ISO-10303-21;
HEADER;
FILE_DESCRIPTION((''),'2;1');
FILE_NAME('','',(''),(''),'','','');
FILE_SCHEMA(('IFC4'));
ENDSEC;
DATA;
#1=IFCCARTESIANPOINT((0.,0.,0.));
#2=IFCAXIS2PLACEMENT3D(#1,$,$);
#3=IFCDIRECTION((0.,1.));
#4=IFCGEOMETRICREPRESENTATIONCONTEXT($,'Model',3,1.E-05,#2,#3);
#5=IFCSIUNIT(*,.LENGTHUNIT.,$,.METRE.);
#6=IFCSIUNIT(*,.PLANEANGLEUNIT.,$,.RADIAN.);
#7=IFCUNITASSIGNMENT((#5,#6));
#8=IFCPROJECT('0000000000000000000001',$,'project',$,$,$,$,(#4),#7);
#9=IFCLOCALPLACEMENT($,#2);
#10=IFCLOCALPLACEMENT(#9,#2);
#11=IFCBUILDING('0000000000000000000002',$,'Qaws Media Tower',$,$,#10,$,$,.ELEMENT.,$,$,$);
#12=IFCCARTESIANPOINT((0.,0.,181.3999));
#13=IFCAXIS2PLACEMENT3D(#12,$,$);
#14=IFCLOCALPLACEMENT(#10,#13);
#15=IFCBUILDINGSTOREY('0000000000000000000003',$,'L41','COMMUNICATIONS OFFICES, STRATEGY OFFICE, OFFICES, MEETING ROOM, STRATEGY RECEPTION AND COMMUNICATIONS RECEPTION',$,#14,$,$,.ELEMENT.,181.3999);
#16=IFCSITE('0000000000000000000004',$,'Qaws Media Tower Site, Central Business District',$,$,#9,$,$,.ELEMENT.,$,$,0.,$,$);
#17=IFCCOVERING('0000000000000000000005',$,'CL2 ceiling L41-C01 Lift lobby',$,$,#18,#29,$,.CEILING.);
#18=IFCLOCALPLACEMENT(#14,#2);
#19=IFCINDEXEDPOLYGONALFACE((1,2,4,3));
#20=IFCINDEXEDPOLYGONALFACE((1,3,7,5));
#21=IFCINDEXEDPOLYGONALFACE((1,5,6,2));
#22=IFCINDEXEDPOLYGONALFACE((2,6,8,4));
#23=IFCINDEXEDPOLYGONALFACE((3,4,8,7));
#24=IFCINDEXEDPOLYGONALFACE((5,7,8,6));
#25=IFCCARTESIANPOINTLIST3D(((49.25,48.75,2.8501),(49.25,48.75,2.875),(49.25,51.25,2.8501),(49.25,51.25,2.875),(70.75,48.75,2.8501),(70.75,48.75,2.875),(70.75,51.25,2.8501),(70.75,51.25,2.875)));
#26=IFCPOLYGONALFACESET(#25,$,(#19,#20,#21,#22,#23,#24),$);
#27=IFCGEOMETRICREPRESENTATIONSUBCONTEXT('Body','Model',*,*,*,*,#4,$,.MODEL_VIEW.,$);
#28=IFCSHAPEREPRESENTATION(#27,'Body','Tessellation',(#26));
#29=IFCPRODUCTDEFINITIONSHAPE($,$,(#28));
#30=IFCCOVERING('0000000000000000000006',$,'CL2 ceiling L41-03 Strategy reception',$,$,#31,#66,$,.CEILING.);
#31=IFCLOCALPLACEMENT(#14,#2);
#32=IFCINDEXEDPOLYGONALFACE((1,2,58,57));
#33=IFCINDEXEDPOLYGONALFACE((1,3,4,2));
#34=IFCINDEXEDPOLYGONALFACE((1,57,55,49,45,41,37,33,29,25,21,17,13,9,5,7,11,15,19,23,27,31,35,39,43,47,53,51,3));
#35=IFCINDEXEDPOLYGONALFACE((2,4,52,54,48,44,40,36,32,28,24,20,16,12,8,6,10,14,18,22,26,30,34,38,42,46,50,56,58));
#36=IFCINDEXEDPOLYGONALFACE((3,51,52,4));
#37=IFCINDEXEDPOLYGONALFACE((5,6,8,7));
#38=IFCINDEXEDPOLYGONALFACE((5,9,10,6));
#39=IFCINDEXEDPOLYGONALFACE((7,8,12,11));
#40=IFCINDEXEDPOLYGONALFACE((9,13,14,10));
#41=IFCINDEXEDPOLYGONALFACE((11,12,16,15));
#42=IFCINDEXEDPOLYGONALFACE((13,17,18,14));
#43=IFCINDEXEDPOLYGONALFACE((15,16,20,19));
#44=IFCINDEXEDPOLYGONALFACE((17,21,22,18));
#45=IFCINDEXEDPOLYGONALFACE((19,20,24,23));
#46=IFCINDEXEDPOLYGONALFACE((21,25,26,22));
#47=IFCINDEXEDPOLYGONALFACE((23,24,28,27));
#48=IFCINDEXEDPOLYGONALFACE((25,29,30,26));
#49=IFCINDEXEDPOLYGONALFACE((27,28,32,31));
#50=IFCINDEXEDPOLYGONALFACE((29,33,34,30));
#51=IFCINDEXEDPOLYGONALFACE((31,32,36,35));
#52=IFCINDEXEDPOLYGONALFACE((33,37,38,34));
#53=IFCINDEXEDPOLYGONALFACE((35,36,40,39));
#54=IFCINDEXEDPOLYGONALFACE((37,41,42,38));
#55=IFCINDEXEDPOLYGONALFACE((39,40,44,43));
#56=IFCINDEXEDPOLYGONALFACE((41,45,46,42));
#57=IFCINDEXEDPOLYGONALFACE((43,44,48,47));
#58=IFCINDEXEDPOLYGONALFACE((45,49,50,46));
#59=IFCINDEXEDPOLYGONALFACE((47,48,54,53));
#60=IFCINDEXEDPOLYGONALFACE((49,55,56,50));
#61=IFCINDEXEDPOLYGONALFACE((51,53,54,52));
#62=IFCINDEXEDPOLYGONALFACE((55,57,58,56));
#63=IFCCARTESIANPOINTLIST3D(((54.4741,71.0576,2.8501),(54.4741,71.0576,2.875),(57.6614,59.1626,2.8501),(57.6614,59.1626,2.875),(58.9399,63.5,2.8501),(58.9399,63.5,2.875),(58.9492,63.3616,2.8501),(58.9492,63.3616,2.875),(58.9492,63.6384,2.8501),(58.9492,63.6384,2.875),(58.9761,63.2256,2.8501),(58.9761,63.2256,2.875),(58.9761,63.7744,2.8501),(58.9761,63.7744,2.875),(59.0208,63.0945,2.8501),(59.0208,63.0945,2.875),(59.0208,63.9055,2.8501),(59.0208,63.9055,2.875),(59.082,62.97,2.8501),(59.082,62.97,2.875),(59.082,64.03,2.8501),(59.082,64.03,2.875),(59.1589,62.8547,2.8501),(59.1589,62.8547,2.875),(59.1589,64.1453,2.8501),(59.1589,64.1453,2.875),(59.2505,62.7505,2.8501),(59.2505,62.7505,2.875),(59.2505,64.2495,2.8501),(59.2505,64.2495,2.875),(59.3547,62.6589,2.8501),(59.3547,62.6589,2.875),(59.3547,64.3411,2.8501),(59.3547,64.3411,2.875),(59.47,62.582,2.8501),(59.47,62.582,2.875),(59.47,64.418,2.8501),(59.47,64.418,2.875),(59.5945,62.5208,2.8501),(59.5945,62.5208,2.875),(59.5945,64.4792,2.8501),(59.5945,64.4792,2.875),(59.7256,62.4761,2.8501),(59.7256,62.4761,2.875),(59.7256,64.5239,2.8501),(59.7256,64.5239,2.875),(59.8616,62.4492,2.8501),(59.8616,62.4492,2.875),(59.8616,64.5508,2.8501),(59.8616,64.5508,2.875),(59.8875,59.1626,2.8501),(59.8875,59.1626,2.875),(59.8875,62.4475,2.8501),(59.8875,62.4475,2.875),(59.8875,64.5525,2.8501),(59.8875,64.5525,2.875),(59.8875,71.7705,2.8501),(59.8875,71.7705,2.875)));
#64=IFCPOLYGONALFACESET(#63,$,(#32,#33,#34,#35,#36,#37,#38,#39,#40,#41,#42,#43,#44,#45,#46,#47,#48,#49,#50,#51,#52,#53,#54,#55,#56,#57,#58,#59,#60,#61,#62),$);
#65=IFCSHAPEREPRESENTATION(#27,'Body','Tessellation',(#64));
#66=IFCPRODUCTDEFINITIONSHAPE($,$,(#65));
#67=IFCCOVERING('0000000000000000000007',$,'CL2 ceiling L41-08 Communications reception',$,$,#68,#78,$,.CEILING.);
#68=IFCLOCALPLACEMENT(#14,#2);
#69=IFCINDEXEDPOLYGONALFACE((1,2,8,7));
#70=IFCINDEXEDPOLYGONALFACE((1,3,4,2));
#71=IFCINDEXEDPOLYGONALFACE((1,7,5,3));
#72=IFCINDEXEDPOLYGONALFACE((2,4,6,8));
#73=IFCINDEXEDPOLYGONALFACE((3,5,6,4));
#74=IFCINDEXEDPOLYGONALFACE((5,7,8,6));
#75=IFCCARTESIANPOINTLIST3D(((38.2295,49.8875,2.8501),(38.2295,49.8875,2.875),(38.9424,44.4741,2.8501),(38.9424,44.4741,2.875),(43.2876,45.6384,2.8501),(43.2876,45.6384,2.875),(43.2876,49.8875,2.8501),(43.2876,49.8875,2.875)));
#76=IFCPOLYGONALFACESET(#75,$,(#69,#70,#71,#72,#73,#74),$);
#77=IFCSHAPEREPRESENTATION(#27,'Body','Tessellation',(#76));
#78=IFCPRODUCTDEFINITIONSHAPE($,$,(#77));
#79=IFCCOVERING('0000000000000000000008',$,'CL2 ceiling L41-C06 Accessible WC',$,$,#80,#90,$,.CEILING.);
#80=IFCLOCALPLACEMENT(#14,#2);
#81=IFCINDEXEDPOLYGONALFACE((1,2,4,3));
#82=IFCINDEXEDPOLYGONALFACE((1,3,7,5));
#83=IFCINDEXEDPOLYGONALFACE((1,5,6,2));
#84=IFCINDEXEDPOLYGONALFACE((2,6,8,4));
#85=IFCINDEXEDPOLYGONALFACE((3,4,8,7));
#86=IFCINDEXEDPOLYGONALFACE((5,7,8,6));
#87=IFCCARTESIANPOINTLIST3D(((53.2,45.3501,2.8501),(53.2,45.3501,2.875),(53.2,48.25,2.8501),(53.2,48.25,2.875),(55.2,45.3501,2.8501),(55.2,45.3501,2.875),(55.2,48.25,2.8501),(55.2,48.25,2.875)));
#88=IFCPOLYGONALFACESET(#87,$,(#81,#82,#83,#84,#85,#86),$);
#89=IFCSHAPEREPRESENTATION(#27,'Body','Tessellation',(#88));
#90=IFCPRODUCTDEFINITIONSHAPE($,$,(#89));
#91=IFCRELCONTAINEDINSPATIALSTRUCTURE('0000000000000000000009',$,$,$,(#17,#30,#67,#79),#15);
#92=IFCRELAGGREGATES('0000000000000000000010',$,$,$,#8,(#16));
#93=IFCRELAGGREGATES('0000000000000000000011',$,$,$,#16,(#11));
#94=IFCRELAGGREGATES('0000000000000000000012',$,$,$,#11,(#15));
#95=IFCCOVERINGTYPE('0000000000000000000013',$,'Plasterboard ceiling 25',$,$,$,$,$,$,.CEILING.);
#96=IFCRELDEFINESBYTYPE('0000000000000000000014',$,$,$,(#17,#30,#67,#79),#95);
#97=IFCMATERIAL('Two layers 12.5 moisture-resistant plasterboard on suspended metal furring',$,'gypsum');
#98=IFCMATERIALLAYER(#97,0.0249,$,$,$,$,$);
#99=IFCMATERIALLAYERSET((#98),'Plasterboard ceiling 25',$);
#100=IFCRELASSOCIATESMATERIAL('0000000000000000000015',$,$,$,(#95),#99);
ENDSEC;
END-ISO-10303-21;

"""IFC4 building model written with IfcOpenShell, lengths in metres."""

from ifc_helpers import new_model, si_unit, direction, frame, origin, place, context, subcontext, project, spatial, polyline, outline, extrude, material, layer, layer_set, type_object, element, save


model = new_model("IFC4")

# Units and contexts
model_context = context("Model", 3, precision=1e-05, world=origin(), true_north=direction((0.0, 1.0)))
body_context = subcontext(model_context, "Body", "Model", "MODEL_VIEW")
ifc_project = project(units=[si_unit("LENGTHUNIT", "METRE"), si_unit("PLANEANGLEUNIT", "RADIAN")], contexts=[model_context])

# Site, building, storey
site_placement = place(None, origin())
site = spatial("IfcSite", under=ifc_project, at=site_placement, Name="Qaws Media Tower Site, Central Business District", CompositionType="ELEMENT", RefElevation=0.0)
building_placement = place(site_placement, origin())
building = spatial("IfcBuilding", under=site, at=building_placement, Name="Qaws Media Tower", CompositionType="ELEMENT")
storey_placement = place(building_placement, frame((0.0, 0.0, 181.3999)))
storey = spatial("IfcBuildingStorey", under=building, at=storey_placement, Name="L41", Description="COMMUNICATIONS OFFICES, STRATEGY OFFICE, OFFICES, MEETING ROOM, STRATEGY RECEPTION AND COMMUNICATIONS RECEPTION", CompositionType="ELEMENT", Elevation=181.3999)

# Coverings
ifc_material_1 = material(Name="Two layers 12.5 moisture-resistant plasterboard on suspended metal furring", Category="gypsum")
ifc_layer_1 = layer(ifc_material_1, 0.0249)
ifc_layer_set_1 = layer_set([ifc_layer_1], Name="Plasterboard ceiling 25")
covering_type_1 = type_object("IfcCoveringType", Name="Plasterboard ceiling 25", PredefinedType="CEILING", material=ifc_layer_set_1)
covering_1_placement = place(storey_placement, frame((0.0, 0.0, 2.8501)))
element("IfcCovering", 1, at=covering_1_placement, inside=storey, type_object=covering_type_1, Name="CL2 ceiling L41-C01 Lift lobby", PredefinedType="CEILING", context=body_context, shape_type="SweptSolid", body=[
    extrude(outline(polyline([(49.25, 48.75), (49.25, 51.25), (70.75, 51.25), (70.75, 48.75), (49.25, 48.75)])), origin(), (0.0, 0.0, 1.0), 0.0249),
])
covering_2_placement = place(storey_placement, frame((0.0, 0.0, 2.8501)))
element("IfcCovering", 2, at=covering_2_placement, inside=storey, type_object=covering_type_1, Name="CL2 ceiling L41-03 Strategy reception", PredefinedType="CEILING", context=body_context, shape_type="SweptSolid", body=[
    extrude(outline(polyline([(59.8875, 71.7705), (59.8875, 64.5525), (59.8616, 64.5508), (59.7256, 64.5239), (59.5945, 64.4792), (59.47, 64.418), (59.3547, 64.3411), (59.2505, 64.2495), (59.1589, 64.1453), (59.082, 64.03), (59.0208, 63.9055), (58.9761, 63.7744), (58.9492, 63.6384), (58.9399, 63.5), (58.9492, 63.3616), (58.9761, 63.2256), (59.0208, 63.0945), (59.082, 62.97), (59.1589, 62.8547), (59.2505, 62.7505), (59.3547, 62.6589), (59.47, 62.582), (59.5945, 62.5208), (59.7256, 62.4761), (59.8616, 62.4492), (59.8875, 62.4475), (59.8875, 59.1626), (57.6614, 59.1626), (54.4741, 71.0576), (59.8875, 71.7705)])), origin(), (0.0, 0.0, 1.0), 0.0249),
])
covering_3_placement = place(storey_placement, frame((0.0, 0.0, 2.8501)))
element("IfcCovering", 3, at=covering_3_placement, inside=storey, type_object=covering_type_1, Name="CL2 ceiling L41-08 Communications reception", PredefinedType="CEILING", context=body_context, shape_type="SweptSolid", body=[
    extrude(outline(polyline([(38.2295, 49.8875), (43.2876, 49.8875), (43.2876, 45.6384), (38.9424, 44.4741), (38.2295, 49.8875)])), origin(), (0.0, 0.0, 1.0), 0.0249),
])
covering_4_placement = place(storey_placement, frame((0.0, 0.0, 2.8501)))
element("IfcCovering", 4, at=covering_4_placement, inside=storey, type_object=covering_type_1, Name="CL2 ceiling L41-C06 Accessible WC", PredefinedType="CEILING", context=body_context, shape_type="SweptSolid", body=[
    extrude(outline(polyline([(53.2, 45.3501), (53.2, 48.25), (55.2, 48.25), (55.2, 45.3501), (53.2, 45.3501)])), origin(), (0.0, 0.0, 1.0), 0.0249),
])

save(model, "model.ifc")
